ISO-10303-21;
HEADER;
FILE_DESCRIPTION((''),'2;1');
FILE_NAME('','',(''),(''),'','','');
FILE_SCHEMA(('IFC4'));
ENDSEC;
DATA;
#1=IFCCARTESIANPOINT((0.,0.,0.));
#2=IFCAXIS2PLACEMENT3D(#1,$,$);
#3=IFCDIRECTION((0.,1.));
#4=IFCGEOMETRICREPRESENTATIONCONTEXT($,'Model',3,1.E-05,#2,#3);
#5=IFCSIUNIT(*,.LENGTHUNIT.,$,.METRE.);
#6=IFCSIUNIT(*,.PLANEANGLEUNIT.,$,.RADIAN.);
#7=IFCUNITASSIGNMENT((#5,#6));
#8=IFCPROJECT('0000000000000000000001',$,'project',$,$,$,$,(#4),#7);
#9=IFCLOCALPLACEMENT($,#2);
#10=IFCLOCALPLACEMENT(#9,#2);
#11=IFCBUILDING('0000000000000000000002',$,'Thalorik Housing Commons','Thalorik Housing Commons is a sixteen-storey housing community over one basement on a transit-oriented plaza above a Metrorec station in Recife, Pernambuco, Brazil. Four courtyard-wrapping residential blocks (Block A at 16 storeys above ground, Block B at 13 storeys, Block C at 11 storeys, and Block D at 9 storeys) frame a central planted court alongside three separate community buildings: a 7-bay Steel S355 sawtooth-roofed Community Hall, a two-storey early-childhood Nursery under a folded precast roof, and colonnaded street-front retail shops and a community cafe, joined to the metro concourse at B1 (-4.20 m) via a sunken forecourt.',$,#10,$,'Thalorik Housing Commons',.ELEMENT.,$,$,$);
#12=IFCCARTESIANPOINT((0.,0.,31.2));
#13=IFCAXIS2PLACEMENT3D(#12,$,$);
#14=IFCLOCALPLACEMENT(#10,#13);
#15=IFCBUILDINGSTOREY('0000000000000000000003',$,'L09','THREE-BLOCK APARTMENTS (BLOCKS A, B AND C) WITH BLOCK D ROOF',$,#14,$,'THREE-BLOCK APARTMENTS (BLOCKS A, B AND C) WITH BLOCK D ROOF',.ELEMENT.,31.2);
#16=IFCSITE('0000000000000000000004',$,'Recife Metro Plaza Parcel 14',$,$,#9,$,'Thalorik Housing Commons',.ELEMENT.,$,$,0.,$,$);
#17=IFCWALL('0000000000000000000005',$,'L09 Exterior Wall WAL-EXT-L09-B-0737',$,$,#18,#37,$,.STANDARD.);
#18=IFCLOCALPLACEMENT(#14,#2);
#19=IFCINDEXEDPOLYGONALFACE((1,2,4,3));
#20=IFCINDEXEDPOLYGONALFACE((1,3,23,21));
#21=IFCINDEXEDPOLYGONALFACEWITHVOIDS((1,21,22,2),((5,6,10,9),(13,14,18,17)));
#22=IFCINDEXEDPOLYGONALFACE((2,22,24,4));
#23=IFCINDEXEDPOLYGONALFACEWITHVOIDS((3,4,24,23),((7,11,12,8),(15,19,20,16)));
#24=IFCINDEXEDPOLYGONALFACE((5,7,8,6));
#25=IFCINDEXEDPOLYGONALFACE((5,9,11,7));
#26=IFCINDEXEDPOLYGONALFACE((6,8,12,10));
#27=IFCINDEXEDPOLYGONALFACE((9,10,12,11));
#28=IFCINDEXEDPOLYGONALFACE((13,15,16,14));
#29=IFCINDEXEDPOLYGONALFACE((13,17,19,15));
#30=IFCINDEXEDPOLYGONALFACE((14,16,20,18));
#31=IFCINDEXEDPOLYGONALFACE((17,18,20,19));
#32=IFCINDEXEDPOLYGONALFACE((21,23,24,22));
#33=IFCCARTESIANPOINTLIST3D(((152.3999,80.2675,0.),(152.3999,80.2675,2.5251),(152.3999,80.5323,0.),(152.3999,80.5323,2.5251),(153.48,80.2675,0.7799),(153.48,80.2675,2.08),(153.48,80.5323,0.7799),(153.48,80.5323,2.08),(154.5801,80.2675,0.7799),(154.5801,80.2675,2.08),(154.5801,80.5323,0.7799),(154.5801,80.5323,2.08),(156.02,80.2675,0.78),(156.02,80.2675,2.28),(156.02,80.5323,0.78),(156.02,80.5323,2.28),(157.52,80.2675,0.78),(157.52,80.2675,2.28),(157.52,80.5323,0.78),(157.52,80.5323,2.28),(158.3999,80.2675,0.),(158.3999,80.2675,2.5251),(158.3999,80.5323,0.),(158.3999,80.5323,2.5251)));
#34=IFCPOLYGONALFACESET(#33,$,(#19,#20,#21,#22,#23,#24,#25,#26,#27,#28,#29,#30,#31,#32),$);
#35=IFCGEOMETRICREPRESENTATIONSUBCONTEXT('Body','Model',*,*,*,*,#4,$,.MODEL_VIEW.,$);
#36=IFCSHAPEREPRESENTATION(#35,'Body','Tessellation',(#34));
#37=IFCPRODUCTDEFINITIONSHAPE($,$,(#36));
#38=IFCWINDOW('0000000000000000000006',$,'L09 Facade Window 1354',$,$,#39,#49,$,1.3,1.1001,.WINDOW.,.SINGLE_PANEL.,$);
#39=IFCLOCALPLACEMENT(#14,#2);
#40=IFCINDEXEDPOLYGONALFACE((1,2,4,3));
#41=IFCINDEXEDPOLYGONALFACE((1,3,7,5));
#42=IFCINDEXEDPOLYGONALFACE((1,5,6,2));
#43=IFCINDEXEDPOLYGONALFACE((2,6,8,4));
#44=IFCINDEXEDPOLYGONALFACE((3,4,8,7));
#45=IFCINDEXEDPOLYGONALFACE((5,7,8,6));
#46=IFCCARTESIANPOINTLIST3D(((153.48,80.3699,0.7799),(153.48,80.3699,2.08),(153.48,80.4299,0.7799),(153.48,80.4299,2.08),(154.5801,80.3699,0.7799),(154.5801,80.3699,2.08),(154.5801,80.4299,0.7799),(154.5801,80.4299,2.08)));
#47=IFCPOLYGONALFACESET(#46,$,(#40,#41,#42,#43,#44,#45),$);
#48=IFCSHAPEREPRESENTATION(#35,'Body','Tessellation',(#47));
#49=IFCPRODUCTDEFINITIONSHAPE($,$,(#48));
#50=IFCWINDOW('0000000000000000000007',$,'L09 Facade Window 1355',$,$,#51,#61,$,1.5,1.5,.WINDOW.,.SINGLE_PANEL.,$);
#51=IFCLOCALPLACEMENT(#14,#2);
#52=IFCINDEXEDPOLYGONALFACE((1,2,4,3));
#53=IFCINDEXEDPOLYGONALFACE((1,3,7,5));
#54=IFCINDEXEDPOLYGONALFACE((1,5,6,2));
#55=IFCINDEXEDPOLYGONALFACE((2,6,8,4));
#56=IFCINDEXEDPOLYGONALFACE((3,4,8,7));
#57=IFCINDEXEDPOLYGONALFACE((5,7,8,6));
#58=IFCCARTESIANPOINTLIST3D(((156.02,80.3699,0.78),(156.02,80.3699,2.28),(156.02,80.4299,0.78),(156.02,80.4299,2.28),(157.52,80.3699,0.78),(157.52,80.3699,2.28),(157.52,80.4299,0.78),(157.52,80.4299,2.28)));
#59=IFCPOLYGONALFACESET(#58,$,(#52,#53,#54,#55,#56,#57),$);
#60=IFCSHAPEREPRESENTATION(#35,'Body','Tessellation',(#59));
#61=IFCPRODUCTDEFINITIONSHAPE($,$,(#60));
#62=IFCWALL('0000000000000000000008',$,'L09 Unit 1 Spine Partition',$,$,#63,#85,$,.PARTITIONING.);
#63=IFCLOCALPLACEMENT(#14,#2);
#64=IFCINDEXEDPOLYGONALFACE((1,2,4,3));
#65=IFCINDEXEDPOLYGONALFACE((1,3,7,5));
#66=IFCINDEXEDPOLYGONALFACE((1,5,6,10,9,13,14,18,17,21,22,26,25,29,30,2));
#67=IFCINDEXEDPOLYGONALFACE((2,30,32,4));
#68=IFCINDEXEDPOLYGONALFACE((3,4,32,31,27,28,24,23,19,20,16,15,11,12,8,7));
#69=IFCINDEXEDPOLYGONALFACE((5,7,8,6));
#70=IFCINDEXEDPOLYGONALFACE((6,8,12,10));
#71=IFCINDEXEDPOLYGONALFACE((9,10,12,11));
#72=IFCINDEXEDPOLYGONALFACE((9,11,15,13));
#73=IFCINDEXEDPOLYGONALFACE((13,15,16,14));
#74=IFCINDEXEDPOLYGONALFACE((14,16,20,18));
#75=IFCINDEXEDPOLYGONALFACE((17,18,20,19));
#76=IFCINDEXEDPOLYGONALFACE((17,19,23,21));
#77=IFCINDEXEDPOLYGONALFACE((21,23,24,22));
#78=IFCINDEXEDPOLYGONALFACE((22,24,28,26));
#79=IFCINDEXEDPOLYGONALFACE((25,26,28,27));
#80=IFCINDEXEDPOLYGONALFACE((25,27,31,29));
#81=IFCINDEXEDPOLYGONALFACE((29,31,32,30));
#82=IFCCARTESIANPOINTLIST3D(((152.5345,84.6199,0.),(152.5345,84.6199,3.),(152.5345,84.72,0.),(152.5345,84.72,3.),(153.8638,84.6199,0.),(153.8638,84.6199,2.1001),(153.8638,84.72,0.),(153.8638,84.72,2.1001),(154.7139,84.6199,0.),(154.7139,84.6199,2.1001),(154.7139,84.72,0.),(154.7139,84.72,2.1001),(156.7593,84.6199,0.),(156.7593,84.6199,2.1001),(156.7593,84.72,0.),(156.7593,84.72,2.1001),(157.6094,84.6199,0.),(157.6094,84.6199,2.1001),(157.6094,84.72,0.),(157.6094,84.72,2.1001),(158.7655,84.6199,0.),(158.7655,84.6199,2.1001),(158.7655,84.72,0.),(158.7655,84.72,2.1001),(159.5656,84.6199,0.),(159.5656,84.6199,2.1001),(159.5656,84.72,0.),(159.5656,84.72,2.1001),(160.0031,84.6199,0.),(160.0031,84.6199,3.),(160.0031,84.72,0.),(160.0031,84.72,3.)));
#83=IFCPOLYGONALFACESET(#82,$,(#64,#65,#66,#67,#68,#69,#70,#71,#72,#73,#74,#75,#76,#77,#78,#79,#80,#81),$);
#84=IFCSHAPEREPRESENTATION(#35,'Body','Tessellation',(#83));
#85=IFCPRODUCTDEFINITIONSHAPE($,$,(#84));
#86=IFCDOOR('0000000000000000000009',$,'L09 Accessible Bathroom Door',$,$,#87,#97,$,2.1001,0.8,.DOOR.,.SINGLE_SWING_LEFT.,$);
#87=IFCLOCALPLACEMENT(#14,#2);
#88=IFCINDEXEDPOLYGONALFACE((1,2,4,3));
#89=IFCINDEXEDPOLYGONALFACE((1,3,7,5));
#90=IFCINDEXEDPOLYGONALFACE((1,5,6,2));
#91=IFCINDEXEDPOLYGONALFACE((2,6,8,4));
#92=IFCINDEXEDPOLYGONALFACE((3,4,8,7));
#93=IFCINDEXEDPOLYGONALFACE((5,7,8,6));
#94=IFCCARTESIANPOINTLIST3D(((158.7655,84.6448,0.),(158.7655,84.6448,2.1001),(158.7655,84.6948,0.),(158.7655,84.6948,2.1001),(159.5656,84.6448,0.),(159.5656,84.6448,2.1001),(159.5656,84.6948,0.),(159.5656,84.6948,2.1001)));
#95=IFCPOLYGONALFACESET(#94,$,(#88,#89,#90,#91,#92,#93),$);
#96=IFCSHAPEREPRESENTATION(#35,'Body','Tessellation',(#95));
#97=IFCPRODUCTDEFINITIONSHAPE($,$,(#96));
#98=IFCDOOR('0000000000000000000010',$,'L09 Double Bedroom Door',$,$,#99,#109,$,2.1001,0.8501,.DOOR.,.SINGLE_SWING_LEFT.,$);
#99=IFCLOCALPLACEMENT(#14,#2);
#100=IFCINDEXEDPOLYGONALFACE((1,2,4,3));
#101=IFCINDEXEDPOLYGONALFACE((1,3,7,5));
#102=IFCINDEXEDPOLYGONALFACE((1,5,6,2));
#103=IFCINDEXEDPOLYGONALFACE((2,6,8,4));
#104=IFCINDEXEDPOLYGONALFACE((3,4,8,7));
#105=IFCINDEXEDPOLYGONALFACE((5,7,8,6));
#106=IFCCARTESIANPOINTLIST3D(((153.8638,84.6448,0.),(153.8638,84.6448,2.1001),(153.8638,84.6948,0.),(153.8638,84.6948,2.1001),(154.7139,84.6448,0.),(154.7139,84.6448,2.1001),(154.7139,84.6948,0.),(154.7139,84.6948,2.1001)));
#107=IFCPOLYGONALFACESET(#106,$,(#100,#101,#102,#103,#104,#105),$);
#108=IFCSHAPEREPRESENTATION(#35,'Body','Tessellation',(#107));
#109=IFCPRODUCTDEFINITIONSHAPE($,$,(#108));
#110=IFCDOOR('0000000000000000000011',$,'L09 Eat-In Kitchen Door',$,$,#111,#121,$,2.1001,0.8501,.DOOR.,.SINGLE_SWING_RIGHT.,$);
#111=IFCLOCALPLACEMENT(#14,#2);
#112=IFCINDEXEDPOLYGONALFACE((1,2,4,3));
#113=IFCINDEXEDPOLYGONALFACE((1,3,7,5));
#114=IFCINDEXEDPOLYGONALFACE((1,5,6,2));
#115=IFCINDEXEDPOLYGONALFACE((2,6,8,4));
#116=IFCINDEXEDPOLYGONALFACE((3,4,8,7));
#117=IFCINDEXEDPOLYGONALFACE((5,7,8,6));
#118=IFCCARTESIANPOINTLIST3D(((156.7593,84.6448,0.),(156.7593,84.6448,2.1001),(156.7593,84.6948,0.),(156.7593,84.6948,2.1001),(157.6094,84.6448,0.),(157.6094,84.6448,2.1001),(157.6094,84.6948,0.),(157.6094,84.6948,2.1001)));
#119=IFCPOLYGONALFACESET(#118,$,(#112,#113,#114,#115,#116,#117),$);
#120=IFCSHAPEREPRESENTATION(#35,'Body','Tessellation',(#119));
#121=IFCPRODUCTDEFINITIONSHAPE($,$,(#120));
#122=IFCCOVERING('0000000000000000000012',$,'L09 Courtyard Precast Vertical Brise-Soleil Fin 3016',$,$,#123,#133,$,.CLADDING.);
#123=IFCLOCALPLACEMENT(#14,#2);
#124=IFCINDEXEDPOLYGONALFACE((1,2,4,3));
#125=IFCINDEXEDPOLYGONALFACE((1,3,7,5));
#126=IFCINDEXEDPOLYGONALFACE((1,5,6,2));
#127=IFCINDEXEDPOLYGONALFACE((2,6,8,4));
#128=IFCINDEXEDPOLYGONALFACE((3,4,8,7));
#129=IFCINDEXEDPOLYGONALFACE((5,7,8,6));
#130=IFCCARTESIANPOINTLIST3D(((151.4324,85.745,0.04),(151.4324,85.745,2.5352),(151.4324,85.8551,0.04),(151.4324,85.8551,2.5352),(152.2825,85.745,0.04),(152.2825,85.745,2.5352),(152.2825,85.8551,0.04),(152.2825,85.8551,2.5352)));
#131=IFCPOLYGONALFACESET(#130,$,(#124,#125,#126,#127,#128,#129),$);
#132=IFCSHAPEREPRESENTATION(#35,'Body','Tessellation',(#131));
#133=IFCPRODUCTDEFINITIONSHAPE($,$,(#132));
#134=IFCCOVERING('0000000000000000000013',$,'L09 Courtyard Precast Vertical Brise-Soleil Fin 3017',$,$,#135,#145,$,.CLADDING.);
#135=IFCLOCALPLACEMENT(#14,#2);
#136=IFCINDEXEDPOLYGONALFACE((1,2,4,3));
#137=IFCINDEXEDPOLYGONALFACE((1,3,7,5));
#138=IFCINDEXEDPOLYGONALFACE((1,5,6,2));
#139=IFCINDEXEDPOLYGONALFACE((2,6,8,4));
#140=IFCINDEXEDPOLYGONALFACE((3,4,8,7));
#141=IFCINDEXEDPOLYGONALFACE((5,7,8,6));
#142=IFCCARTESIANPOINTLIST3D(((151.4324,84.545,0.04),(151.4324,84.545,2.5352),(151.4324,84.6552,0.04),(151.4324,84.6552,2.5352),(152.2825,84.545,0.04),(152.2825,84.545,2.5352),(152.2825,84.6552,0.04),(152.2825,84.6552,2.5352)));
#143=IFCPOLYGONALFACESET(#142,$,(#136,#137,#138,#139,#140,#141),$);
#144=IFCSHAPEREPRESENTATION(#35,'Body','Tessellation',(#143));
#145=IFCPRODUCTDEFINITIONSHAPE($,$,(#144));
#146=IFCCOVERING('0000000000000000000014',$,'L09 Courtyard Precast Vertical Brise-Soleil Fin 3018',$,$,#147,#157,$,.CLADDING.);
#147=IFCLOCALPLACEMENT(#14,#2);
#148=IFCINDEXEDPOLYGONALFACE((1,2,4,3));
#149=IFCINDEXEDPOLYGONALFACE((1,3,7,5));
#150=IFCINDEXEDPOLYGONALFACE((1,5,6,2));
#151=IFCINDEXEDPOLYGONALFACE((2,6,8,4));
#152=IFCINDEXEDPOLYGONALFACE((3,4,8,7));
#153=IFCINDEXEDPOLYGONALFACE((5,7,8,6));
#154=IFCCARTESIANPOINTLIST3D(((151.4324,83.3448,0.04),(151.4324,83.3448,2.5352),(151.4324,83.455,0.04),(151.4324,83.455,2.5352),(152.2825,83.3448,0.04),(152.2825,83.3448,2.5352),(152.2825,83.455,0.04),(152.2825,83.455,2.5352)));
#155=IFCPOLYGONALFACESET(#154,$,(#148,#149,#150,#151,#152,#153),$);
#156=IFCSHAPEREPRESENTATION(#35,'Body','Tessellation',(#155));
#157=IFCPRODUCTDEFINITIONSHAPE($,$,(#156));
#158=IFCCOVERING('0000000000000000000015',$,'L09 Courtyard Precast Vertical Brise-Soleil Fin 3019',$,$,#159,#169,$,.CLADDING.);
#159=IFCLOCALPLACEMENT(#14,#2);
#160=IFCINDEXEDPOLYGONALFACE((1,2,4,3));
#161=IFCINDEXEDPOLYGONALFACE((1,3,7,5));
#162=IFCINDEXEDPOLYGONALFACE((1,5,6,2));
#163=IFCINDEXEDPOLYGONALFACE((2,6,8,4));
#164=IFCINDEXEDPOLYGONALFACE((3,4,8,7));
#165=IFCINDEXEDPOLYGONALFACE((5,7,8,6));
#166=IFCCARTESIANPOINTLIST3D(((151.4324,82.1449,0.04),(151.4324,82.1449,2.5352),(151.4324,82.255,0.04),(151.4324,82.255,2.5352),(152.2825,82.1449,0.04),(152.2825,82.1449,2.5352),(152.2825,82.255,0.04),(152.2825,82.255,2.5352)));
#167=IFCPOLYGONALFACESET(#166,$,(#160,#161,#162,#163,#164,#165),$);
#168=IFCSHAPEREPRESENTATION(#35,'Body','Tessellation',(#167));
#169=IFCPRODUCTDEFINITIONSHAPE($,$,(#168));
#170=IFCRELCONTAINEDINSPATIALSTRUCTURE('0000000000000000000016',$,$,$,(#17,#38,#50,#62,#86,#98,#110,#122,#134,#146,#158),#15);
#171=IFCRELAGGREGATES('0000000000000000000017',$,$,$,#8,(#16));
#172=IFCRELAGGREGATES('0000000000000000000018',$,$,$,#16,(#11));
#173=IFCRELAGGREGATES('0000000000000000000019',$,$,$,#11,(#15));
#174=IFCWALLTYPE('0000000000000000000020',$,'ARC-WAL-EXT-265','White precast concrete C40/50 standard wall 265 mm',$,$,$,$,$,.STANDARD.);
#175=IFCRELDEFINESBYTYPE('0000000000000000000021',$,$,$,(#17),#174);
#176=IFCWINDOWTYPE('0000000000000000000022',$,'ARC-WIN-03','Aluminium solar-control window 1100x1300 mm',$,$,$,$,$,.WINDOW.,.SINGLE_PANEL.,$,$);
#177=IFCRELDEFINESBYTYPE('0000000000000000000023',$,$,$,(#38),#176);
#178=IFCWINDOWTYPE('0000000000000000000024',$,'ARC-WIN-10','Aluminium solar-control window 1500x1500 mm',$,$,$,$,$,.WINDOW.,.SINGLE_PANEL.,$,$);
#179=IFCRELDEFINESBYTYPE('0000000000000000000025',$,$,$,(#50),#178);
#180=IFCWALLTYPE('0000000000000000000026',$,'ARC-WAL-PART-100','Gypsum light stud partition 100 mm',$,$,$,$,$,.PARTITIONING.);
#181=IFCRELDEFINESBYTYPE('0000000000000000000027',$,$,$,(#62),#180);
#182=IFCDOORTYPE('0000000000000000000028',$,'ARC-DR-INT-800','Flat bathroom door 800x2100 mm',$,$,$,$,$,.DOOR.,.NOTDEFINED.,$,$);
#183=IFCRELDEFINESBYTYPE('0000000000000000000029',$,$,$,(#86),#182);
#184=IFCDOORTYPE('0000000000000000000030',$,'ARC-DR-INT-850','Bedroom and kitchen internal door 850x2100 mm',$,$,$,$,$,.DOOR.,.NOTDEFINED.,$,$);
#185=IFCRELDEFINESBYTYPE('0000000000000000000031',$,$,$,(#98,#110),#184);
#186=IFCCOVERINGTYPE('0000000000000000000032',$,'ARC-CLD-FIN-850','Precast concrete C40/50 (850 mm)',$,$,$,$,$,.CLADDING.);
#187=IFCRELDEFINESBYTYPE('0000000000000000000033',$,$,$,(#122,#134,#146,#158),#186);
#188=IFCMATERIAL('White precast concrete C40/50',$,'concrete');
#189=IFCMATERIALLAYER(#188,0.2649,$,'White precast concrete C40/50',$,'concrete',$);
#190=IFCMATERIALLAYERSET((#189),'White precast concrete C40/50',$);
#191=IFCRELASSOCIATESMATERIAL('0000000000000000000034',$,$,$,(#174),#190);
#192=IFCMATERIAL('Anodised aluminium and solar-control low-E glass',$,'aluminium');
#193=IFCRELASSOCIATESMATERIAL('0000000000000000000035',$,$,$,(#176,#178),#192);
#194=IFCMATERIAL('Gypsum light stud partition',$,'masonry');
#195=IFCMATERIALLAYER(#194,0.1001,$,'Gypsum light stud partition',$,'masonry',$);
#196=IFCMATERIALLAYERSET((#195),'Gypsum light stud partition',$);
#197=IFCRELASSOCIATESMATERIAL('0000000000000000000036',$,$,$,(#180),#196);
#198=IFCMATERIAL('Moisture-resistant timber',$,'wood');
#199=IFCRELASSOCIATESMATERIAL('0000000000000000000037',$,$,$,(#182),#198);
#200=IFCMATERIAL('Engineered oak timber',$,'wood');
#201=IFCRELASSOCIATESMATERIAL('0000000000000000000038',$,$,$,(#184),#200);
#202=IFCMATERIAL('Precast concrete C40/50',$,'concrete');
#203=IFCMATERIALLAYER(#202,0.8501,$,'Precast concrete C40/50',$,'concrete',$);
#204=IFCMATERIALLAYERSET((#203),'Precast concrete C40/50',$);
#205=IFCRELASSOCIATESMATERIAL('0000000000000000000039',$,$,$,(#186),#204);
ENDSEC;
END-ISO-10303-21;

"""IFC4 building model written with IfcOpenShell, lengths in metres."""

from ifc_helpers import new_model, si_unit, direction, frame, frame_2d, origin, origin_2d, place, context, subcontext, project, spatial, rectangle, extrude, material, layer, layer_set, type_object, element, fill, save


model = new_model("IFC4")

# Units and contexts
model_context = context("Model", 3, precision=1e-05, world=origin(), true_north=direction((0.0, 1.0)))
body_context = subcontext(model_context, "Body", "Model", "MODEL_VIEW")
ifc_project = project(units=[si_unit("LENGTHUNIT", "METRE"), si_unit("PLANEANGLEUNIT", "RADIAN")], contexts=[model_context])

# Site, building, storey
site_placement = place(None, origin())
site = spatial("IfcSite", under=ifc_project, at=site_placement, Name="Recife Metro Plaza Parcel 14", LongName="Thalorik Housing Commons", CompositionType="ELEMENT", RefElevation=0.0)
building_placement = place(site_placement, origin())
building = spatial("IfcBuilding", under=site, at=building_placement, Name="Thalorik Housing Commons", Description="Thalorik Housing Commons is a sixteen-storey housing community over one basement on a transit-oriented plaza above a Metrorec station in Recife, Pernambuco, Brazil. Four courtyard-wrapping residential blocks (Block A at 16 storeys above ground, Block B at 13 storeys, Block C at 11 storeys, and Block D at 9 storeys) frame a central planted court alongside three separate community buildings: a 7-bay Steel S355 sawtooth-roofed Community Hall, a two-storey early-childhood Nursery under a folded precast roof, and colonnaded street-front retail shops and a community cafe, joined to the metro concourse at B1 (-4.20 m) via a sunken forecourt.", LongName="Thalorik Housing Commons", CompositionType="ELEMENT")
storey_placement = place(building_placement, frame((0.0, 0.0, 31.2)))
storey = spatial("IfcBuildingStorey", under=building, at=storey_placement, Name="L09", Description="THREE-BLOCK APARTMENTS (BLOCKS A, B AND C) WITH BLOCK D ROOF", LongName="THREE-BLOCK APARTMENTS (BLOCKS A, B AND C) WITH BLOCK D ROOF", CompositionType="ELEMENT", Elevation=31.2)

# Shared definitions
ifc_material_1 = material(Name="Precast concrete C40/50", Category="concrete")

# Wall, openings, windows
ifc_material_2 = material(Name="White precast concrete C40/50", Category="concrete")
ifc_layer_1 = layer(ifc_material_2, 0.2649, Name="White precast concrete C40/50", Category="concrete")
ifc_layer_set_1 = layer_set([ifc_layer_1], Name="White precast concrete C40/50")
wall_type_1 = type_object("IfcWallType", Name="ARC-WAL-EXT-265", Description="White precast concrete C40/50 standard wall 265 mm", PredefinedType="STANDARD", material=ifc_layer_set_1)
ifc_material_3 = material(Name="Anodised aluminium and solar-control low-E glass", Category="aluminium")
wall_1_placement = place(storey_placement, frame((152.3999, 80.3999, 0.0), z_axis=(0.0, 0.0, 1.0), x_axis=(1.0, 0.0, 0.0)))
wall_1 = element("IfcWall", 1, at=wall_1_placement, inside=storey, type_object=wall_type_1, Name="L09 Exterior Wall WAL-EXT-L09-B-0737", PredefinedType="STANDARD", context=body_context, shape_type="SweptSolid", body=[
    extrude(rectangle(XDim=6.0, YDim=0.2649, at=frame_2d((3.0, 0.0))), origin(), (0.0, 0.0, 1.0), 2.5251),
])
opening_1_placement = place(wall_1_placement, frame((1.0801, 0.0, 0.78)))
opening_1 = element("IfcOpeningElement", 2, at=opening_1_placement, cuts=wall_1, PredefinedType="OPENING", context=body_context, shape_type="SweptSolid", body=[
    extrude(rectangle(XDim=1.1001, YDim=1.3, at=frame_2d((0.55, 0.6499))), frame((0.0, 0.1426, 0.0), z_axis=(0.0, -1.0, 0.0), x_axis=(1.0, 0.0, 0.0)), (0.0, 0.0, 1.0), 0.2849),
])
opening_2_placement = place(wall_1_placement, frame((3.6201, 0.0, 0.78)))
opening_2 = element("IfcOpeningElement", 3, at=opening_2_placement, cuts=wall_1, PredefinedType="OPENING", context=body_context, shape_type="SweptSolid", body=[
    extrude(rectangle(XDim=1.5, YDim=1.5, at=frame_2d((0.75, 0.75))), frame((0.0, 0.1426, 0.0), z_axis=(0.0, -1.0, 0.0), x_axis=(1.0, 0.0, 0.0)), (0.0, 0.0, 1.0), 0.2849),
])
window_type_1 = type_object("IfcWindowType", Name="ARC-WIN-03", Description="Aluminium solar-control window 1100x1300 mm", PartitioningType="SINGLE_PANEL", PredefinedType="WINDOW", material=ifc_material_3)
window_1_placement = place(opening_1_placement, origin())
window_1 = element("IfcWindow", 4, at=window_1_placement, inside=storey, type_object=window_type_1, Name="L09 Facade Window 1354", OverallHeight=1.3, OverallWidth=1.1001, PartitioningType="SINGLE_PANEL", PredefinedType="WINDOW", context=body_context, shape_type="SweptSolid", body=[
    extrude(rectangle(XDim=1.1001, YDim=1.3, at=frame_2d((0.55, 0.6499))), frame((0.0, 0.03, 0.0), z_axis=(0.0, -1.0, 0.0), x_axis=(1.0, 0.0, 0.0)), (0.0, 0.0, 1.0), 0.0601),
])
fill(opening_1, window_1)
window_type_2 = type_object("IfcWindowType", Name="ARC-WIN-10", Description="Aluminium solar-control window 1500x1500 mm", PartitioningType="SINGLE_PANEL", PredefinedType="WINDOW", material=ifc_material_3)
window_2_placement = place(opening_2_placement, origin())
window_2 = element("IfcWindow", 5, at=window_2_placement, inside=storey, type_object=window_type_2, Name="L09 Facade Window 1355", OverallHeight=1.5, OverallWidth=1.5, PartitioningType="SINGLE_PANEL", PredefinedType="WINDOW", context=body_context, shape_type="SweptSolid", body=[
    extrude(rectangle(XDim=1.5, YDim=1.5, at=frame_2d((0.75, 0.75))), frame((0.0, 0.03, 0.0), z_axis=(0.0, -1.0, 0.0), x_axis=(1.0, 0.0, 0.0)), (0.0, 0.0, 1.0), 0.0601),
])
fill(opening_2, window_2)

# Wall, openings, doors
ifc_material_4 = material(Name="Gypsum light stud partition", Category="masonry")
ifc_layer_2 = layer(ifc_material_4, 0.1001, Name="Gypsum light stud partition", Category="masonry")
ifc_layer_set_2 = layer_set([ifc_layer_2], Name="Gypsum light stud partition")
wall_type_2 = type_object("IfcWallType", Name="ARC-WAL-PART-100", Description="Gypsum light stud partition 100 mm", PredefinedType="PARTITIONING", material=ifc_layer_set_2)
wall_2_placement = place(storey_placement, frame((152.5344, 84.6699, 0.0), z_axis=(0.0, 0.0, 1.0), x_axis=(1.0, 0.0, 0.0)))
wall_2 = element("IfcWall", 6, at=wall_2_placement, inside=storey, type_object=wall_type_2, Name="L09 Unit 1 Spine Partition", PredefinedType="PARTITIONING", context=body_context, shape_type="SweptSolid", body=[
    extrude(rectangle(XDim=7.4685, YDim=0.1001, at=frame_2d((3.7344, 0.0))), origin(), (0.0, 0.0, 1.0), 3.0),
])
opening_3_placement = place(wall_2_placement, frame((1.3293, 0.0, 0.0)))
opening_3 = element("IfcOpeningElement", 7, at=opening_3_placement, cuts=wall_2, PredefinedType="OPENING", context=body_context, shape_type="SweptSolid", body=[
    extrude(rectangle(XDim=0.8501, YDim=2.1001, at=frame_2d((0.425, 1.05))), frame((0.0, 0.0601, 0.0), z_axis=(0.0, -1.0, 0.0), x_axis=(1.0, 0.0, 0.0)), (0.0, 0.0, 1.0), 0.1201),
])
opening_4_placement = place(wall_2_placement, frame((4.2249, 0.0, 0.0)))
opening_4 = element("IfcOpeningElement", 8, at=opening_4_placement, cuts=wall_2, PredefinedType="OPENING", context=body_context, shape_type="SweptSolid", body=[
    extrude(rectangle(XDim=0.8501, YDim=2.1001, at=frame_2d((0.425, 1.05))), frame((0.0, 0.0601, 0.0), z_axis=(0.0, -1.0, 0.0), x_axis=(1.0, 0.0, 0.0)), (0.0, 0.0, 1.0), 0.1201),
])
opening_5_placement = place(wall_2_placement, frame((6.2312, 0.0, 0.0)))
opening_5 = element("IfcOpeningElement", 9, at=opening_5_placement, cuts=wall_2, PredefinedType="OPENING", context=body_context, shape_type="SweptSolid", body=[
    extrude(rectangle(XDim=0.8, YDim=2.1001, at=frame_2d((0.3999, 1.05))), frame((0.0, 0.0601, 0.0), z_axis=(0.0, -1.0, 0.0), x_axis=(1.0, 0.0, 0.0)), (0.0, 0.0, 1.0), 0.1201),
])
ifc_material_5 = material(Name="Moisture-resistant timber", Category="wood")
door_type_1 = type_object("IfcDoorType", Name="ARC-DR-INT-800", Description="Flat bathroom door 800x2100 mm", OperationType="NOTDEFINED", PredefinedType="DOOR", material=ifc_material_5)
door_1_placement = place(opening_5_placement, origin())
door_1 = element("IfcDoor", 10, at=door_1_placement, inside=storey, type_object=door_type_1, Name="L09 Accessible Bathroom Door", OperationType="SINGLE_SWING_LEFT", OverallHeight=2.1001, OverallWidth=0.8, PredefinedType="DOOR", context=body_context, shape_type="SweptSolid", body=[
    extrude(rectangle(XDim=0.8, YDim=2.1001, at=frame_2d((0.3999, 1.05))), frame((0.0, 0.0249, 0.0), z_axis=(0.0, -1.0, 0.0), x_axis=(1.0, 0.0, 0.0)), (0.0, 0.0, 1.0), 0.05),
])
fill(opening_5, door_1)
ifc_material_6 = material(Name="Engineered oak timber", Category="wood")
door_type_2 = type_object("IfcDoorType", Name="ARC-DR-INT-850", Description="Bedroom and kitchen internal door 850x2100 mm", OperationType="NOTDEFINED", PredefinedType="DOOR", material=ifc_material_6)
door_2_placement = place(opening_3_placement, origin())
door_2 = element("IfcDoor", 11, at=door_2_placement, inside=storey, type_object=door_type_2, Name="L09 Double Bedroom Door", OperationType="SINGLE_SWING_LEFT", OverallHeight=2.1001, OverallWidth=0.8501, PredefinedType="DOOR", context=body_context, shape_type="SweptSolid", body=[
    extrude(rectangle(XDim=0.8501, YDim=2.1001, at=frame_2d((0.425, 1.05))), frame((0.0, 0.0249, 0.0), z_axis=(0.0, -1.0, 0.0), x_axis=(1.0, 0.0, 0.0)), (0.0, 0.0, 1.0), 0.05),
])
fill(opening_3, door_2)
door_3_placement = place(opening_4_placement, origin())
door_3 = element("IfcDoor", 12, at=door_3_placement, inside=storey, type_object=door_type_2, Name="L09 Eat-In Kitchen Door", OperationType="SINGLE_SWING_RIGHT", OverallHeight=2.1001, OverallWidth=0.8501, PredefinedType="DOOR", context=body_context, shape_type="SweptSolid", body=[
    extrude(rectangle(XDim=0.8501, YDim=2.1001, at=frame_2d((0.425, 1.05))), frame((0.0, 0.0249, 0.0), z_axis=(0.0, -1.0, 0.0), x_axis=(1.0, 0.0, 0.0)), (0.0, 0.0, 1.0), 0.05),
])
fill(opening_4, door_3)

# Coverings
ifc_layer_3 = layer(ifc_material_1, 0.8501, Name="Precast concrete C40/50", Category="concrete")
ifc_layer_set_3 = layer_set([ifc_layer_3], Name="Precast concrete C40/50")
covering_type_1 = type_object("IfcCoveringType", Name="ARC-CLD-FIN-850", Description="Precast concrete C40/50 (850 mm)", PredefinedType="CLADDING", material=ifc_layer_set_3)
for number, where, z_axis, x_axis, name in (
    (13, (151.8574, 85.8, 0.04), (0.0, 0.0, 1.0), (0.0, -1.0, 0.0), "L09 Courtyard Precast Vertical Brise-Soleil Fin 3016"),
    (14, (151.8574, 84.6001, 0.04), (0.0, 0.0, 1.0), (0.0, -1.0, 0.0), "L09 Courtyard Precast Vertical Brise-Soleil Fin 3017"),
    (15, (151.8574, 83.3999, 0.04), (0.0, 0.0, 1.0), (0.0, -1.0, 0.0), "L09 Courtyard Precast Vertical Brise-Soleil Fin 3018"),
    (16, (151.8574, 82.2, 0.04), (0.0, 0.0, 1.0), (0.0, -1.0, 0.0), "L09 Courtyard Precast Vertical Brise-Soleil Fin 3019"),
):
    element("IfcCovering", number, at=place(storey_placement, frame(where, z_axis=z_axis, x_axis=x_axis)), inside=storey, type_object=covering_type_1, Name=name, PredefinedType="CLADDING", context=body_context, shape_type="SweptSolid", body=[
        extrude(rectangle(XDim=0.1101, YDim=0.8501, at=origin_2d()), origin(), (0.0, 0.0, 1.0), 2.4951),
    ])

save(model, "model.ifc")
